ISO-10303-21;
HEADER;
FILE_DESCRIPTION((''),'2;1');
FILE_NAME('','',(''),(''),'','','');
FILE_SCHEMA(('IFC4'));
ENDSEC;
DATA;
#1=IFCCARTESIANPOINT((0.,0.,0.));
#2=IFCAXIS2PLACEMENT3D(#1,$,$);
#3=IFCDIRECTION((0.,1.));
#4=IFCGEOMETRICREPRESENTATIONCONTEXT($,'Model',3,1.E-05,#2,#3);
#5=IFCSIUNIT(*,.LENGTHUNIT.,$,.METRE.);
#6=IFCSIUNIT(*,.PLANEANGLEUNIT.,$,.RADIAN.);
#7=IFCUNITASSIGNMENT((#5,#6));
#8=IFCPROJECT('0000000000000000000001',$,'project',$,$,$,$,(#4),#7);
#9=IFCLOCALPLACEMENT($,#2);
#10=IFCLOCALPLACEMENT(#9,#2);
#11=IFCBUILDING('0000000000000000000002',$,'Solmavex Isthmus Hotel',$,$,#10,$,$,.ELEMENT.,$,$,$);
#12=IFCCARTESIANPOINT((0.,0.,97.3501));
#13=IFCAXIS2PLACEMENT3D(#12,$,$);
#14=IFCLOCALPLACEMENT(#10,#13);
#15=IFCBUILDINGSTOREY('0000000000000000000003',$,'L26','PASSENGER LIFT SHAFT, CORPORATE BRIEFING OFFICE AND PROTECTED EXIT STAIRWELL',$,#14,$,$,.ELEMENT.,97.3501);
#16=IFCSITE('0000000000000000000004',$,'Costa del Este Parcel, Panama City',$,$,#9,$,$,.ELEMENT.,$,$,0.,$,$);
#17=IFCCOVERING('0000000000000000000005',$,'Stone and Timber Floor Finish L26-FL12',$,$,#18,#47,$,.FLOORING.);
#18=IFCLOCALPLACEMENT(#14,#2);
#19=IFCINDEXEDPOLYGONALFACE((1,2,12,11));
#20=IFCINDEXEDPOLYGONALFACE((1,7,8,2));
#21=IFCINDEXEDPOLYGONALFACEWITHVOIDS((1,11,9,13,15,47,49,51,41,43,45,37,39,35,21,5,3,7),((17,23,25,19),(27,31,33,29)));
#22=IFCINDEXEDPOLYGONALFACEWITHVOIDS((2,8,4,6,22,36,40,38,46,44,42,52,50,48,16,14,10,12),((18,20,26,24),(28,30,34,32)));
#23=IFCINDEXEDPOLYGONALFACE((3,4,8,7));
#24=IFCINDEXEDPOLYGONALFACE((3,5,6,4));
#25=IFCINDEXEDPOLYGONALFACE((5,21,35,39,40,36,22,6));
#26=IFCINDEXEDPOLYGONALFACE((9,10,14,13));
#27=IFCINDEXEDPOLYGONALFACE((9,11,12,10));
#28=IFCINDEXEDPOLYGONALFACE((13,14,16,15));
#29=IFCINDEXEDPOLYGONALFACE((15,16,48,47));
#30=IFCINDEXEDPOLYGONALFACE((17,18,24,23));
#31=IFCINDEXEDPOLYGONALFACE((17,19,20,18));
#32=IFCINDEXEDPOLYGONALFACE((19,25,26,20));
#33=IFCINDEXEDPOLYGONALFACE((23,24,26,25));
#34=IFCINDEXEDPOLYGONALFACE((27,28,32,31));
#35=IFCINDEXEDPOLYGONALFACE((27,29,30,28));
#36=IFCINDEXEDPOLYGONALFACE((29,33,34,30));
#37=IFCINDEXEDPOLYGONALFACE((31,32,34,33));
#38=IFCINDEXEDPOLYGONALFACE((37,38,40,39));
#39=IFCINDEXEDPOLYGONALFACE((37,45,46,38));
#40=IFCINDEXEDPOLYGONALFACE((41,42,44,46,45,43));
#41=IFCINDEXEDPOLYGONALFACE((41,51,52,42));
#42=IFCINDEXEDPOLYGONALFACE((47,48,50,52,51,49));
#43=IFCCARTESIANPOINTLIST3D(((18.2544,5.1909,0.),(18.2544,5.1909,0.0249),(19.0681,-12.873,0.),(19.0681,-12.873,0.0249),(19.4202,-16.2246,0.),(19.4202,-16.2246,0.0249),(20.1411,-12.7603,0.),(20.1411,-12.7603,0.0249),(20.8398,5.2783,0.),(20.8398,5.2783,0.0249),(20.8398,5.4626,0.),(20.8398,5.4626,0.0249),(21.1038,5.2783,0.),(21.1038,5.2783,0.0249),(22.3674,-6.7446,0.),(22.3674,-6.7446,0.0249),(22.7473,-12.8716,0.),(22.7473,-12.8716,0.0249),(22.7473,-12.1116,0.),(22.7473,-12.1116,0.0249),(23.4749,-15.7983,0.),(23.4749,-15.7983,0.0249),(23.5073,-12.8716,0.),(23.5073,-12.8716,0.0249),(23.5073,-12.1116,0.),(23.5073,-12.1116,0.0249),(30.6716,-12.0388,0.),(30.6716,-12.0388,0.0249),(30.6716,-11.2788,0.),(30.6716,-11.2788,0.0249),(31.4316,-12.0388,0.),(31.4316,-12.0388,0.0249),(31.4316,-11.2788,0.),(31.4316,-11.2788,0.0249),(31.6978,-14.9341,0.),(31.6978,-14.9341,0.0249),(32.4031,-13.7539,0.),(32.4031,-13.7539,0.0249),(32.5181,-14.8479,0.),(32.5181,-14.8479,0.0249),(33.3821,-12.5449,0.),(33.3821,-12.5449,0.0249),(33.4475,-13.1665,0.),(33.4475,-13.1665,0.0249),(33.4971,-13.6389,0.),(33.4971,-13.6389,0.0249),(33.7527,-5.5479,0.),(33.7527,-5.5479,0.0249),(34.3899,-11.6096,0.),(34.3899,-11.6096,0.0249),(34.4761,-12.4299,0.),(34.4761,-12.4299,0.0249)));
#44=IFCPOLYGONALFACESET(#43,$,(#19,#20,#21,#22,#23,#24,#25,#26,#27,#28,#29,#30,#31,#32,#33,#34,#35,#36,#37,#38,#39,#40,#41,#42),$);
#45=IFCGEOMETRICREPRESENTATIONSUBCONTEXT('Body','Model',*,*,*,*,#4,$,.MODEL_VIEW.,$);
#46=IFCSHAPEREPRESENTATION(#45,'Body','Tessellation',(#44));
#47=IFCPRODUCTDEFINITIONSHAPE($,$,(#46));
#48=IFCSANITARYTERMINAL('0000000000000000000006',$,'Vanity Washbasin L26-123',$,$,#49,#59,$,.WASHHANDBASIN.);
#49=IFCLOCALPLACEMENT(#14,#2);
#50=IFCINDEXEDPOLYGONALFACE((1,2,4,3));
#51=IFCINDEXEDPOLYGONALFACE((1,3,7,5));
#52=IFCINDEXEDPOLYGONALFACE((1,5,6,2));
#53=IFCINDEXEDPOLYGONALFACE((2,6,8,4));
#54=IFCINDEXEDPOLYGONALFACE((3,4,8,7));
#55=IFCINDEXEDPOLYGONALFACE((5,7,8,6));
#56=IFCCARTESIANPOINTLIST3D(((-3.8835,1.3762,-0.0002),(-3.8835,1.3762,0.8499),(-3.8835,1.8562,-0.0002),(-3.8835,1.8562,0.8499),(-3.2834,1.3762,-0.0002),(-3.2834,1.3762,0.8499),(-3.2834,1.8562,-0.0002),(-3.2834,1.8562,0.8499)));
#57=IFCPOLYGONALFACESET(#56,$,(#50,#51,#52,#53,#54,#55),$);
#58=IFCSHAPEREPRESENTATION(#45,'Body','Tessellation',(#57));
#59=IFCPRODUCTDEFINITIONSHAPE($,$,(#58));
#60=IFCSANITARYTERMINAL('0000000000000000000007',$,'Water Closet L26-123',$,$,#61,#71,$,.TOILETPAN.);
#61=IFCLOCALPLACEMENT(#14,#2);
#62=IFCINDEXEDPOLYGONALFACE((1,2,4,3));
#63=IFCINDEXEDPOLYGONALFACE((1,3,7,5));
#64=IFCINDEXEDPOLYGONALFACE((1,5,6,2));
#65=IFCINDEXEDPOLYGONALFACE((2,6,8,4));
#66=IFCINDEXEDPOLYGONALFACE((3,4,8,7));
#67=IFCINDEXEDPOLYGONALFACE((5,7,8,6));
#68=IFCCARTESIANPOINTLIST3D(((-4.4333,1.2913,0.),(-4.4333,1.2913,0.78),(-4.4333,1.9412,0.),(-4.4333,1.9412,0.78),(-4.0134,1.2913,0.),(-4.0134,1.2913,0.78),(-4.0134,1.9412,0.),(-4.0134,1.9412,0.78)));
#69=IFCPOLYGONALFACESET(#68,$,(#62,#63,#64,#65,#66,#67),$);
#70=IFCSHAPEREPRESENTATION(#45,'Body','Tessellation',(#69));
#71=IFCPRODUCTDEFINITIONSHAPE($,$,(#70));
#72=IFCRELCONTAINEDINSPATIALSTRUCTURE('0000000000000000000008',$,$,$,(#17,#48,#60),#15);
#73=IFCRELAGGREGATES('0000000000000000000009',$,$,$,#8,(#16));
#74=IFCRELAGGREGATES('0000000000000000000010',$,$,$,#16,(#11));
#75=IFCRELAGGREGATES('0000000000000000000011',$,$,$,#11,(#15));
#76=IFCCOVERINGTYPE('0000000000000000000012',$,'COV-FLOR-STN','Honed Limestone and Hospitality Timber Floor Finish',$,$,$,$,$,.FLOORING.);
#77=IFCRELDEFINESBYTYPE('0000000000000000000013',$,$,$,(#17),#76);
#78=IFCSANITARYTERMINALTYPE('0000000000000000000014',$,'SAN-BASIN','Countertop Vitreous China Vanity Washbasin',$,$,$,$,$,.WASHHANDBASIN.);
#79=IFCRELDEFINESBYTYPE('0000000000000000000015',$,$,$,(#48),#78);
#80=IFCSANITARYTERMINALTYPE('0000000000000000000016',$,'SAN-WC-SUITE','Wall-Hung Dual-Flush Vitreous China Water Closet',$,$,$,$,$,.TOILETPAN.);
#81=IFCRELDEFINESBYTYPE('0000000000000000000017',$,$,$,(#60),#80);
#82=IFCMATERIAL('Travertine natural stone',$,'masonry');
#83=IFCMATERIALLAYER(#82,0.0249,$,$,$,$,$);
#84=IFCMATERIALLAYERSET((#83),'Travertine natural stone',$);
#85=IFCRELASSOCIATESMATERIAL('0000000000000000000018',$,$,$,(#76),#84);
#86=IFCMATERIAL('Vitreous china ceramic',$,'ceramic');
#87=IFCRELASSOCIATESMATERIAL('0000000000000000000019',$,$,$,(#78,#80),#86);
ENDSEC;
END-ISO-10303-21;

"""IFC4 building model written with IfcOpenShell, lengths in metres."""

from ifc_helpers import new_model, si_unit, direction, frame, origin, origin_2d, place, context, subcontext, project, spatial, polyline, rectangle, outline, extrude, material, layer, layer_set, type_object, element, save


model = new_model("IFC4")

# Units and contexts
model_context = context("Model", 3, precision=1e-05, world=origin(), true_north=direction((0.0, 1.0)))
body_context = subcontext(model_context, "Body", "Model", "MODEL_VIEW")
ifc_project = project(units=[si_unit("LENGTHUNIT", "METRE"), si_unit("PLANEANGLEUNIT", "RADIAN")], contexts=[model_context])

# Site, building, storey
site_placement = place(None, origin())
site = spatial("IfcSite", under=ifc_project, at=site_placement, Name="Costa del Este Parcel, Panama City", CompositionType="ELEMENT", RefElevation=0.0)
building_placement = place(site_placement, origin())
building = spatial("IfcBuilding", under=site, at=building_placement, Name="Solmavex Isthmus Hotel", CompositionType="ELEMENT")
storey_placement = place(building_placement, frame((0.0, 0.0, 97.3501)))
storey = spatial("IfcBuildingStorey", under=building, at=storey_placement, Name="L26", Description="PASSENGER LIFT SHAFT, CORPORATE BRIEFING OFFICE AND PROTECTED EXIT STAIRWELL", CompositionType="ELEMENT", Elevation=97.3501)

# Covering
ifc_material_1 = material(Name="Travertine natural stone", Category="masonry")
ifc_layer_1 = layer(ifc_material_1, 0.0249)
ifc_layer_set_1 = layer_set([ifc_layer_1], Name="Travertine natural stone")
covering_type_1 = type_object("IfcCoveringType", Name="COV-FLOR-STN", Description="Honed Limestone and Hospitality Timber Floor Finish", PredefinedType="FLOORING", material=ifc_layer_set_1)
covering_1_placement = place(storey_placement, origin())
element("IfcCovering", 1, at=covering_1_placement, inside=storey, type_object=covering_type_1, Name="Stone and Timber Floor Finish L26-FL12", PredefinedType="FLOORING", context=body_context, shape_type="SweptSolid", body=[
    extrude(outline(polyline([(21.1038, 5.2783), (20.8398, 5.2783), (20.8398, 5.4626), (18.2544, 5.1909), (20.1411, -12.7603), (19.0681, -12.873), (19.4202, -16.2246), (23.4749, -15.7983), (31.6978, -14.9341), (32.5181, -14.8479), (32.4031, -13.7539), (33.4971, -13.6389), (33.4475, -13.1665), (33.3821, -12.5449), (34.4761, -12.4299), (34.3899, -11.6096), (33.7527, -5.5479), (22.3674, -6.7446), (21.1038, 5.2783)]), holes=[polyline([(30.6716, -12.0388), (30.6716, -11.2788), (31.4316, -11.2788), (31.4316, -12.0388), (30.6716, -12.0388)]), polyline([(22.7473, -12.8716), (22.7473, -12.1116), (23.5073, -12.1116), (23.5073, -12.8716), (22.7473, -12.8716)])]), origin(), (0.0, 0.0, 1.0), 0.0249),
])

# Sanitary terminals
ifc_material_2 = material(Name="Vitreous china ceramic", Category="ceramic")
sanitary_terminal_type_1 = type_object("IfcSanitaryTerminalType", Name="SAN-BASIN", Description="Countertop Vitreous China Vanity Washbasin", PredefinedType="WASHHANDBASIN", material=ifc_material_2)
sanitary_terminal_1_placement = place(storey_placement, frame((-3.5835, 1.6162, -0.0002), z_axis=(0.0, 0.0, 1.0), x_axis=(1.0, 0.0, 0.0)))
element("IfcSanitaryTerminal", 2, at=sanitary_terminal_1_placement, inside=storey, type_object=sanitary_terminal_type_1, Name="Vanity Washbasin L26-123", PredefinedType="WASHHANDBASIN", context=body_context, shape_type="SweptSolid", body=[
    extrude(rectangle(XDim=0.6001, YDim=0.48, at=origin_2d()), origin(), (0.0, 0.0, 1.0), 0.8501),
])
sanitary_terminal_type_2 = type_object("IfcSanitaryTerminalType", Name="SAN-WC-SUITE", Description="Wall-Hung Dual-Flush Vitreous China Water Closet", PredefinedType="TOILETPAN", material=ifc_material_2)
sanitary_terminal_2_placement = place(storey_placement, frame((-4.2234, 1.6162, 0.0), z_axis=(0.0, 0.0, 1.0), x_axis=(1.0, 0.0, 0.0)))
element("IfcSanitaryTerminal", 3, at=sanitary_terminal_2_placement, inside=storey, type_object=sanitary_terminal_type_2, Name="Water Closet L26-123", PredefinedType="TOILETPAN", context=body_context, shape_type="SweptSolid", body=[
    extrude(rectangle(XDim=0.4199, YDim=0.6499, at=origin_2d()), origin(), (0.0, 0.0, 1.0), 0.78),
])

save(model, "model.ifc")
